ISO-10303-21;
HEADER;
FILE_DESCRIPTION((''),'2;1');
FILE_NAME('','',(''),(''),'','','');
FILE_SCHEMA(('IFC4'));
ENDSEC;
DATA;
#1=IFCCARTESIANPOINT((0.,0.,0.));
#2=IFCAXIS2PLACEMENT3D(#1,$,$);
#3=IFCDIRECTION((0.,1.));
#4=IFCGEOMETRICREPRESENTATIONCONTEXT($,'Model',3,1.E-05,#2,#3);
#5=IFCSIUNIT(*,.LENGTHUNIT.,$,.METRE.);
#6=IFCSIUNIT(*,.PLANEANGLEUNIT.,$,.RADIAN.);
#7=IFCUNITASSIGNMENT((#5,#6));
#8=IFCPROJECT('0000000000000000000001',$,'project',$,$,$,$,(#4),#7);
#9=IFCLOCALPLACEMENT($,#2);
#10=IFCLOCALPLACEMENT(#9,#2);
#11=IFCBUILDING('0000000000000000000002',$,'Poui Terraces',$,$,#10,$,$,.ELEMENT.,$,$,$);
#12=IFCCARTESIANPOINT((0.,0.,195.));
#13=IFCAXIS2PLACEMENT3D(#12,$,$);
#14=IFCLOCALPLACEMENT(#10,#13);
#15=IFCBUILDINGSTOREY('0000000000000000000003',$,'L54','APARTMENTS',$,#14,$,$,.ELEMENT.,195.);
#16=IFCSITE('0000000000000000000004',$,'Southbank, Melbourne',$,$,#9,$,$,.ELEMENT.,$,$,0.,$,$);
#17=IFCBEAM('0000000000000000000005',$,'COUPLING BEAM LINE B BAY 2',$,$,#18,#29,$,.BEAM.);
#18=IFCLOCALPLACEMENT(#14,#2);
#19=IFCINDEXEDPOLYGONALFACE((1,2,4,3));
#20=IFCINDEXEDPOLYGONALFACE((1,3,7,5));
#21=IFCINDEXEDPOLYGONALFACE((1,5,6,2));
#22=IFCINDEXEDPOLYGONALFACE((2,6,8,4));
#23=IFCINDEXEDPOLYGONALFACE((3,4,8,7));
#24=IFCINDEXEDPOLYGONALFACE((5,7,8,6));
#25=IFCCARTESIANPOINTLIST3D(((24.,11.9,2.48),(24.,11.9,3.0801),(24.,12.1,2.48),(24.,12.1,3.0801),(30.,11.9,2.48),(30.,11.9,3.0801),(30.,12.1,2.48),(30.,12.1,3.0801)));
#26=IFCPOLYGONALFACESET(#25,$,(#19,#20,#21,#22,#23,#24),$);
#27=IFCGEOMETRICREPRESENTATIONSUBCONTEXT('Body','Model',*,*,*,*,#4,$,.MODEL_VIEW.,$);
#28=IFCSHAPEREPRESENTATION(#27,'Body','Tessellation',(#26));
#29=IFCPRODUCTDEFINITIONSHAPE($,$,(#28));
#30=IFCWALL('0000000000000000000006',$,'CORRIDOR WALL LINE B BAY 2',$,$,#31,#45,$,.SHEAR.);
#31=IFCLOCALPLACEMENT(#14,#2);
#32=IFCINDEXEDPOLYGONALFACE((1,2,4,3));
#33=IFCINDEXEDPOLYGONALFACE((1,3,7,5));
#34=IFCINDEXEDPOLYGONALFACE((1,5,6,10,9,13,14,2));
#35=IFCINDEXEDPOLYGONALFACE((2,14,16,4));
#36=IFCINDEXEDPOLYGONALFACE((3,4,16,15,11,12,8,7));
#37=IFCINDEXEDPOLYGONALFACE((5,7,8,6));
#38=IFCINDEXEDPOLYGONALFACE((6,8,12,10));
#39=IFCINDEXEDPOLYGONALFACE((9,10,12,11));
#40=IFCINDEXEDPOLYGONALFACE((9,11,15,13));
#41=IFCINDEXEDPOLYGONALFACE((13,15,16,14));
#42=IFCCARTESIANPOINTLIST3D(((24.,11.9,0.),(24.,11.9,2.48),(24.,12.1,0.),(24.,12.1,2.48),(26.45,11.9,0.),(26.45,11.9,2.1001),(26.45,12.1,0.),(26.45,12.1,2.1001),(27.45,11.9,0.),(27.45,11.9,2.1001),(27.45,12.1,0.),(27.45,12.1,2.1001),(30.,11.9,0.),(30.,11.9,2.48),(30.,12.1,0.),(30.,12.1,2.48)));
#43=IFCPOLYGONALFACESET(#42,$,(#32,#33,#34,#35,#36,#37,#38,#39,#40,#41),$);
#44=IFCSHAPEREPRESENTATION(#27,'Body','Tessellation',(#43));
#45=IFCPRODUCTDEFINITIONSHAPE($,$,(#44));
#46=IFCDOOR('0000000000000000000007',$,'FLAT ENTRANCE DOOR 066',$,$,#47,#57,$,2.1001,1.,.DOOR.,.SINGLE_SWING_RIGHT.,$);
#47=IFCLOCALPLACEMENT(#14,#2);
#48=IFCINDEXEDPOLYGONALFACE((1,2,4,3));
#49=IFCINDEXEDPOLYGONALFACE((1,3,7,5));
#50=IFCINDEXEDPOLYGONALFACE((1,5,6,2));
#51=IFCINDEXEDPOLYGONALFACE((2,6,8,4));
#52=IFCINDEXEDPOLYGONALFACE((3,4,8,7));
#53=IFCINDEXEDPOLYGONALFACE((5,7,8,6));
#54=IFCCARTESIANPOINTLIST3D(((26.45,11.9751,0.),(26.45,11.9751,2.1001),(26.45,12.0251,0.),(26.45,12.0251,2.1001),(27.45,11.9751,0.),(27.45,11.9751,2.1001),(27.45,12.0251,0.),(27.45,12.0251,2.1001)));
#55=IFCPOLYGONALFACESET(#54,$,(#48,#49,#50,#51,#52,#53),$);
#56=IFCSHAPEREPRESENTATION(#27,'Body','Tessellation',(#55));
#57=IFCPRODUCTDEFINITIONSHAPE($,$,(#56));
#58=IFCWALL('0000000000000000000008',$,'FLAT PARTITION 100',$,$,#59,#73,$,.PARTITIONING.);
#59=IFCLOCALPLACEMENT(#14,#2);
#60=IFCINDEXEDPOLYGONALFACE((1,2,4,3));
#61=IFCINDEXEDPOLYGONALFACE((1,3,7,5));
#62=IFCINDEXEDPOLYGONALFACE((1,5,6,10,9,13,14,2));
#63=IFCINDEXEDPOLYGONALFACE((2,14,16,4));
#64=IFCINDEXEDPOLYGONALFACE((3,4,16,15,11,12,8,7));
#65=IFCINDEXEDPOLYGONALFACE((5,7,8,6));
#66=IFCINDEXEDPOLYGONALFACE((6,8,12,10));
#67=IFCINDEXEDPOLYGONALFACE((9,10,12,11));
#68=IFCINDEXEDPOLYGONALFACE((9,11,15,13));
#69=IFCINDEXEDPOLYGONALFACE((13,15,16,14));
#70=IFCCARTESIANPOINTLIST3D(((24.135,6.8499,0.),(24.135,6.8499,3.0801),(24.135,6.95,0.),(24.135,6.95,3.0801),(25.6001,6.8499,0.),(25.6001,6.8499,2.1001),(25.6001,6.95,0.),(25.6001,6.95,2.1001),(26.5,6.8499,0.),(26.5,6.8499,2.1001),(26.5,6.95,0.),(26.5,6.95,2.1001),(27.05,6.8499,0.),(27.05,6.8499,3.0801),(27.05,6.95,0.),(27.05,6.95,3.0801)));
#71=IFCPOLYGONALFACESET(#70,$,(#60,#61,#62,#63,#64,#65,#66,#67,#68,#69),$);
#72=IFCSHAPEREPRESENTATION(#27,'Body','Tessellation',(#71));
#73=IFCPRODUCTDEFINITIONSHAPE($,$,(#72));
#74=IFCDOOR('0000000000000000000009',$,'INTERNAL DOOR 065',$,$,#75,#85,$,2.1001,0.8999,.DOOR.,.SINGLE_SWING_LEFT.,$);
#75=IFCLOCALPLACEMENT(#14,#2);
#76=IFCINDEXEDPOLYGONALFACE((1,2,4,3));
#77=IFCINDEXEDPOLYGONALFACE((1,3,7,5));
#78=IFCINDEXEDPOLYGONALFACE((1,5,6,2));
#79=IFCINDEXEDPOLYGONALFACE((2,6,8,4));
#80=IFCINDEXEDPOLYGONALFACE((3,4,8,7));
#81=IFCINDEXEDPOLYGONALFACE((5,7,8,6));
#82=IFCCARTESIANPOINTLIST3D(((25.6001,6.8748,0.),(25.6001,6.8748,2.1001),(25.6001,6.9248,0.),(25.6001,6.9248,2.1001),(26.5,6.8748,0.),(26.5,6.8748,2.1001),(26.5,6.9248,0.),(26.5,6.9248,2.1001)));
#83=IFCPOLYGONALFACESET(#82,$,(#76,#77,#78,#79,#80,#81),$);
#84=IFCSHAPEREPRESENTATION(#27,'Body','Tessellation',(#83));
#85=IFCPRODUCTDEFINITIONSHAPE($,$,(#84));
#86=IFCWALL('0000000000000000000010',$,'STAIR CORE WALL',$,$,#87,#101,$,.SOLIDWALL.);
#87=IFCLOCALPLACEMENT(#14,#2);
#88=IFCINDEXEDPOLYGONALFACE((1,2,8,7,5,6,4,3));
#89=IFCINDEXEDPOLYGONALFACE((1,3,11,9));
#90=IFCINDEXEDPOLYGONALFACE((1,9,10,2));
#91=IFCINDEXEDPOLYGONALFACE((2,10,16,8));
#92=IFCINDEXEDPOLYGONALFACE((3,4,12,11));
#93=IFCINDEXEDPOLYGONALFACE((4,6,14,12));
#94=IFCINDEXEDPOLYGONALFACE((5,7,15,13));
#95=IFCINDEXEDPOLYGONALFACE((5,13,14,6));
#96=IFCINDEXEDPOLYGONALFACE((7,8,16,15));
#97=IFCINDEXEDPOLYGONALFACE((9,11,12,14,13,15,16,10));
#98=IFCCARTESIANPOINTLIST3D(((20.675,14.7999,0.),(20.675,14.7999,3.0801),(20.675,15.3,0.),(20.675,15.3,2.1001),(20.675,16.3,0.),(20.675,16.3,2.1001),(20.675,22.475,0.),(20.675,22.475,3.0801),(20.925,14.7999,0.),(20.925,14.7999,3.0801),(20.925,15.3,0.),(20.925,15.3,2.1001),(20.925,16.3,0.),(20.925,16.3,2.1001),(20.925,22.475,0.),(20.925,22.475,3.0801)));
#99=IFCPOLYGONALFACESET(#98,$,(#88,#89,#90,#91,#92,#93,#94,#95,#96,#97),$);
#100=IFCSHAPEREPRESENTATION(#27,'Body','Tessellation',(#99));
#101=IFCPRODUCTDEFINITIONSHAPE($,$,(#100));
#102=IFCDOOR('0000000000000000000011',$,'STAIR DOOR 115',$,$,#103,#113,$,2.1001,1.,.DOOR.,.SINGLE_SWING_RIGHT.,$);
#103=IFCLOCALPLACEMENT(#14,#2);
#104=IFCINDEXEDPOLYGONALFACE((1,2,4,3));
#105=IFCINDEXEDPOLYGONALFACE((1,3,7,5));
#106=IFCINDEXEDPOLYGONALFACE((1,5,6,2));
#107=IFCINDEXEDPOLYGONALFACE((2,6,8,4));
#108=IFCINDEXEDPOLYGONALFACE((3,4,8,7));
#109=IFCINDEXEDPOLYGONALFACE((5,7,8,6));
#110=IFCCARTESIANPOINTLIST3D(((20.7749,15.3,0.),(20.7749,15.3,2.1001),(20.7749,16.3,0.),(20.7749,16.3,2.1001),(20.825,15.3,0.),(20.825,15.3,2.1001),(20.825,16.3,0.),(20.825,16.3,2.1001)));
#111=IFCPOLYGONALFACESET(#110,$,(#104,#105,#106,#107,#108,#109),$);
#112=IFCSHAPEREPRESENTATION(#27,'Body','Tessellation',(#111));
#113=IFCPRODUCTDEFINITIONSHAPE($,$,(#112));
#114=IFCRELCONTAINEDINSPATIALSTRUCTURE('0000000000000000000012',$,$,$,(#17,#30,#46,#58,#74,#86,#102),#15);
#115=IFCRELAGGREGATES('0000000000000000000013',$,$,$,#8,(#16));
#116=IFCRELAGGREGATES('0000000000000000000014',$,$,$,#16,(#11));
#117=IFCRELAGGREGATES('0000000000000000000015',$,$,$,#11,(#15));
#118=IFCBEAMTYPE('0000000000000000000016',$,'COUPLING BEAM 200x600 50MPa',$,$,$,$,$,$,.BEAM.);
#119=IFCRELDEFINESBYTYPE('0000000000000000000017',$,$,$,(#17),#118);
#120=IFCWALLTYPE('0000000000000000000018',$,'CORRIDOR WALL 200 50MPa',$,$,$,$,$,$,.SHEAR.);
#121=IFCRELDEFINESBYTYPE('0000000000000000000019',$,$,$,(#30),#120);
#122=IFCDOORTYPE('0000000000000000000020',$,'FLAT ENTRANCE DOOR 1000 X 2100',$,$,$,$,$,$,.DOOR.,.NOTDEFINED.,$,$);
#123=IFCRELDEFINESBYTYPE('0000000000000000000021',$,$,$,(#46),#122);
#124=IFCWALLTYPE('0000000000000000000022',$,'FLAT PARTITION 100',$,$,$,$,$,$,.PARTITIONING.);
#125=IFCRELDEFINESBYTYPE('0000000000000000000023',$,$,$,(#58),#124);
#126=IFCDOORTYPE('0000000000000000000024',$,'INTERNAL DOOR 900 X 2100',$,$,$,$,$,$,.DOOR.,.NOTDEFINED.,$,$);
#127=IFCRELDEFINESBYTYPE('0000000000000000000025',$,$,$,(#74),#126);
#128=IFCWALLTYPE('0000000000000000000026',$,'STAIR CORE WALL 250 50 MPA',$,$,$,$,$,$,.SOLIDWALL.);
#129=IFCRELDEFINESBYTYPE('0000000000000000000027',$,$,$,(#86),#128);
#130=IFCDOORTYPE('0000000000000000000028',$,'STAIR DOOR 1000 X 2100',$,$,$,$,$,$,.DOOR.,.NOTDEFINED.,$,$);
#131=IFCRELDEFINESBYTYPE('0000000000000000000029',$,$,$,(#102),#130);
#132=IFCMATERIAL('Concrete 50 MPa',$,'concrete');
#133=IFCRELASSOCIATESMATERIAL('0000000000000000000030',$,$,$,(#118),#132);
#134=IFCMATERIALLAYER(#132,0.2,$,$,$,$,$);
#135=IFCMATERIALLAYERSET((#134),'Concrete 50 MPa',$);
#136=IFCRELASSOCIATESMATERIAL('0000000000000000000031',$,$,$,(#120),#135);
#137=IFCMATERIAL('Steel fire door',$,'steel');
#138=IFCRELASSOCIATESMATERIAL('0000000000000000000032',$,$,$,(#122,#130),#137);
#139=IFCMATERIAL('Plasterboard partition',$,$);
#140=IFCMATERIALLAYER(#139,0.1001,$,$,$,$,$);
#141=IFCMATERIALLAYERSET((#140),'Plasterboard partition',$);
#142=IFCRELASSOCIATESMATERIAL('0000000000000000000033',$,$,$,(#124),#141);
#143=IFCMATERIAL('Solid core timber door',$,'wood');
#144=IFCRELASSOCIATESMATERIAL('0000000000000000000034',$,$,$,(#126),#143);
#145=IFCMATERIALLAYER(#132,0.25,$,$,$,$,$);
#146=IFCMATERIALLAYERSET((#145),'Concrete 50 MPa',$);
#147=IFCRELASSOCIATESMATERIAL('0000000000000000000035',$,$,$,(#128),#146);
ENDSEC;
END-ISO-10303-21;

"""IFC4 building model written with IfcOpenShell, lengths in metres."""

from ifc_helpers import new_model, si_unit, direction, frame, frame_2d, origin, origin_2d, place, context, subcontext, project, spatial, rectangle, extrude, source, transform, mapped, material, layer, layer_set, material_profile, profile_set, type_object, element, fill, save


model = new_model("IFC4")

# Units and contexts
model_context = context("Model", 3, precision=1e-05, world=origin(), true_north=direction((0.0, 1.0)))
body_context = subcontext(model_context, "Body", "Model", "MODEL_VIEW")
ifc_project = project(units=[si_unit("LENGTHUNIT", "METRE"), si_unit("PLANEANGLEUNIT", "RADIAN")], contexts=[model_context])

# Site, building, storey
site_placement = place(None, origin())
site = spatial("IfcSite", under=ifc_project, at=site_placement, Name="Southbank, Melbourne", CompositionType="ELEMENT", RefElevation=0.0)
building_placement = place(site_placement, origin())
building = spatial("IfcBuilding", under=site, at=building_placement, Name="Poui Terraces", CompositionType="ELEMENT")
storey_placement = place(building_placement, frame((0.0, 0.0, 195.0)))
storey = spatial("IfcBuildingStorey", under=building, at=storey_placement, Name="L54", Description="APARTMENTS", CompositionType="ELEMENT", Elevation=195.0)

# Beam
ifc_material_1 = material(Name="Concrete 50 MPa", Category="concrete")
ifc_material_profile = material_profile(ifc_material_1, rectangle(XDim=0.2, YDim=0.6001, at=origin_2d()), Name="RC 200x600")
ifc_profile_set = profile_set([ifc_material_profile], Name="Concrete 50 MPa")
beam_type = type_object("IfcBeamType", Name="COUPLING BEAM 200x600 50MPa", PredefinedType="BEAM", material=ifc_profile_set)
shared_shape = source(origin(), body_context, "Body", "SweptSolid", [
    extrude(rectangle(XDim=0.2, YDim=0.6001, at=origin_2d()), origin(), (0.0, 0.0, 1.0), 6.0),
])
beam_placement = place(storey_placement, frame((24.0, 12.0, 2.78), z_axis=(1.0, 0.0, 0.0), x_axis=(0.0, 1.0, 0.0)))
element("IfcBeam", 1, at=beam_placement, inside=storey, type_object=beam_type, Name="COUPLING BEAM LINE B BAY 2", PredefinedType="BEAM", context=body_context, shape_type="MappedRepresentation", body=[
    mapped(shared_shape, transform((0.0, 0.0, 0.0))),
])

# Walls, openings, doors
ifc_layer_1 = layer(ifc_material_1, 0.2)
ifc_layer_set_1 = layer_set([ifc_layer_1], Name="Concrete 50 MPa")
wall_type_1 = type_object("IfcWallType", Name="CORRIDOR WALL 200 50MPa", PredefinedType="SHEAR", material=ifc_layer_set_1)
wall_1_placement = place(storey_placement, frame((24.0, 12.0, 0.0), z_axis=(0.0, 0.0, 1.0), x_axis=(1.0, 0.0, 0.0)))
wall_1 = element("IfcWall", 2, at=wall_1_placement, inside=storey, type_object=wall_type_1, Name="CORRIDOR WALL LINE B BAY 2", PredefinedType="SHEAR", context=body_context, shape_type="SweptSolid", body=[
    extrude(rectangle(XDim=6.0, YDim=0.2, at=frame_2d((3.0, 0.0))), origin(), (0.0, 0.0, 1.0), 2.48),
])
opening_1_placement = place(wall_1_placement, frame((2.45, 0.0, 0.0)))
opening_1 = element("IfcOpeningElement", 3, at=opening_1_placement, cuts=wall_1, PredefinedType="OPENING", context=body_context, shape_type="SweptSolid", body=[
    extrude(rectangle(XDim=1.0, YDim=2.1001, at=frame_2d((0.5, 1.05))), frame((0.0, 0.1099, 0.0), z_axis=(0.0, -1.0, 0.0), x_axis=(1.0, 0.0, 0.0)), (0.0, 0.0, 1.0), 0.22),
])
ifc_material_2 = material(Name="Steel fire door", Category="steel")
door_type_1 = type_object("IfcDoorType", Name="FLAT ENTRANCE DOOR 1000 X 2100", OperationType="NOTDEFINED", PredefinedType="DOOR", material=ifc_material_2)
door_1_placement = place(opening_1_placement, frame((1.0, 0.0, 0.0), z_axis=(0.0, 0.0, 1.0), x_axis=(-1.0, 0.0, 0.0)))
door_1 = element("IfcDoor", 4, at=door_1_placement, inside=storey, type_object=door_type_1, Name="FLAT ENTRANCE DOOR 066", OperationType="SINGLE_SWING_RIGHT", OverallHeight=2.1001, OverallWidth=1.0, PredefinedType="DOOR", context=body_context, shape_type="SweptSolid", body=[
    extrude(rectangle(XDim=1.0, YDim=2.1001, at=frame_2d((0.5, 1.05))), frame((0.0, 0.0249, 0.0), z_axis=(0.0, -1.0, 0.0), x_axis=(1.0, 0.0, 0.0)), (0.0, 0.0, 1.0), 0.05),
])
fill(opening_1, door_1)
ifc_material_3 = material(Name="Plasterboard partition")
ifc_layer_2 = layer(ifc_material_3, 0.1001)
ifc_layer_set_2 = layer_set([ifc_layer_2], Name="Plasterboard partition")
wall_type_2 = type_object("IfcWallType", Name="FLAT PARTITION 100", PredefinedType="PARTITIONING", material=ifc_layer_set_2)
wall_2_placement = place(storey_placement, frame((24.135, 6.8999, 0.0), z_axis=(0.0, 0.0, 1.0), x_axis=(1.0, 0.0, 0.0)))
wall_2 = element("IfcWall", 5, at=wall_2_placement, inside=storey, type_object=wall_type_2, Name="FLAT PARTITION 100", PredefinedType="PARTITIONING", context=body_context, shape_type="SweptSolid", body=[
    extrude(rectangle(XDim=2.915, YDim=0.1001, at=frame_2d((1.4575, 0.0))), origin(), (0.0, 0.0, 1.0), 3.0801),
])
opening_2_placement = place(wall_2_placement, frame((1.4651, 0.0, 0.0)))
opening_2 = element("IfcOpeningElement", 6, at=opening_2_placement, cuts=wall_2, PredefinedType="OPENING", context=body_context, shape_type="SweptSolid", body=[
    extrude(rectangle(XDim=0.8999, YDim=2.1001, at=frame_2d((0.45, 1.05))), frame((0.0, 0.0601, 0.0), z_axis=(0.0, -1.0, 0.0), x_axis=(1.0, 0.0, 0.0)), (0.0, 0.0, 1.0), 0.1201),
])
ifc_material_4 = material(Name="Solid core timber door", Category="wood")
door_type_2 = type_object("IfcDoorType", Name="INTERNAL DOOR 900 X 2100", OperationType="NOTDEFINED", PredefinedType="DOOR", material=ifc_material_4)
door_2_placement = place(opening_2_placement, origin())
door_2 = element("IfcDoor", 7, at=door_2_placement, inside=storey, type_object=door_type_2, Name="INTERNAL DOOR 065", OperationType="SINGLE_SWING_LEFT", OverallHeight=2.1001, OverallWidth=0.8999, PredefinedType="DOOR", context=body_context, shape_type="SweptSolid", body=[
    extrude(rectangle(XDim=0.8999, YDim=2.1001, at=frame_2d((0.45, 1.05))), frame((0.0, 0.0249, 0.0), z_axis=(0.0, -1.0, 0.0), x_axis=(1.0, 0.0, 0.0)), (0.0, 0.0, 1.0), 0.05),
])
fill(opening_2, door_2)

# Shared definitions
door_type_3 = type_object("IfcDoorType", Name="STAIR DOOR 1000 X 2100", OperationType="NOTDEFINED", PredefinedType="DOOR", material=ifc_material_2)

# Wall, opening, door
ifc_layer_3 = layer(ifc_material_1, 0.25)
ifc_layer_set_3 = layer_set([ifc_layer_3], Name="Concrete 50 MPa")
wall_type_3 = type_object("IfcWallType", Name="STAIR CORE WALL 250 50 MPA", PredefinedType="SOLIDWALL", material=ifc_layer_set_3)
wall_3_placement = place(storey_placement, frame((20.8, 14.8, 0.0), z_axis=(0.0, 0.0, 1.0), x_axis=(0.0, 1.0, 0.0)))
wall_3 = element("IfcWall", 8, at=wall_3_placement, inside=storey, type_object=wall_type_3, Name="STAIR CORE WALL", PredefinedType="SOLIDWALL", context=body_context, shape_type="SweptSolid", body=[
    extrude(rectangle(XDim=7.675, YDim=0.25, at=frame_2d((3.8374, 0.0))), origin(), (0.0, 0.0, 1.0), 3.0801),
])
opening_3_placement = place(wall_3_placement, frame((0.5, 0.0, 0.0)))
opening_3 = element("IfcOpeningElement", 9, at=opening_3_placement, cuts=wall_3, PredefinedType="OPENING", context=body_context, shape_type="SweptSolid", body=[
    extrude(rectangle(XDim=1.0, YDim=2.1001, at=frame_2d((0.5, 1.05))), frame((0.0, 0.135, 0.0), z_axis=(0.0, -1.0, 0.0), x_axis=(1.0, 0.0, 0.0)), (0.0, 0.0, 1.0), 0.27),
])
door_3_placement = place(opening_3_placement, frame((1.0, 0.0, 0.0), z_axis=(0.0, 0.0, 1.0), x_axis=(-1.0, 0.0, 0.0)))
door_3 = element("IfcDoor", 10, at=door_3_placement, inside=storey, type_object=door_type_3, Name="STAIR DOOR 115", OperationType="SINGLE_SWING_RIGHT", OverallHeight=2.1001, OverallWidth=1.0, PredefinedType="DOOR", context=body_context, shape_type="SweptSolid", body=[
    extrude(rectangle(XDim=1.0, YDim=2.1001, at=frame_2d((0.5, 1.05))), frame((0.0, 0.0249, 0.0), z_axis=(0.0, -1.0, 0.0), x_axis=(1.0, 0.0, 0.0)), (0.0, 0.0, 1.0), 0.05),
])
fill(opening_3, door_3)

save(model, "model.ifc")
